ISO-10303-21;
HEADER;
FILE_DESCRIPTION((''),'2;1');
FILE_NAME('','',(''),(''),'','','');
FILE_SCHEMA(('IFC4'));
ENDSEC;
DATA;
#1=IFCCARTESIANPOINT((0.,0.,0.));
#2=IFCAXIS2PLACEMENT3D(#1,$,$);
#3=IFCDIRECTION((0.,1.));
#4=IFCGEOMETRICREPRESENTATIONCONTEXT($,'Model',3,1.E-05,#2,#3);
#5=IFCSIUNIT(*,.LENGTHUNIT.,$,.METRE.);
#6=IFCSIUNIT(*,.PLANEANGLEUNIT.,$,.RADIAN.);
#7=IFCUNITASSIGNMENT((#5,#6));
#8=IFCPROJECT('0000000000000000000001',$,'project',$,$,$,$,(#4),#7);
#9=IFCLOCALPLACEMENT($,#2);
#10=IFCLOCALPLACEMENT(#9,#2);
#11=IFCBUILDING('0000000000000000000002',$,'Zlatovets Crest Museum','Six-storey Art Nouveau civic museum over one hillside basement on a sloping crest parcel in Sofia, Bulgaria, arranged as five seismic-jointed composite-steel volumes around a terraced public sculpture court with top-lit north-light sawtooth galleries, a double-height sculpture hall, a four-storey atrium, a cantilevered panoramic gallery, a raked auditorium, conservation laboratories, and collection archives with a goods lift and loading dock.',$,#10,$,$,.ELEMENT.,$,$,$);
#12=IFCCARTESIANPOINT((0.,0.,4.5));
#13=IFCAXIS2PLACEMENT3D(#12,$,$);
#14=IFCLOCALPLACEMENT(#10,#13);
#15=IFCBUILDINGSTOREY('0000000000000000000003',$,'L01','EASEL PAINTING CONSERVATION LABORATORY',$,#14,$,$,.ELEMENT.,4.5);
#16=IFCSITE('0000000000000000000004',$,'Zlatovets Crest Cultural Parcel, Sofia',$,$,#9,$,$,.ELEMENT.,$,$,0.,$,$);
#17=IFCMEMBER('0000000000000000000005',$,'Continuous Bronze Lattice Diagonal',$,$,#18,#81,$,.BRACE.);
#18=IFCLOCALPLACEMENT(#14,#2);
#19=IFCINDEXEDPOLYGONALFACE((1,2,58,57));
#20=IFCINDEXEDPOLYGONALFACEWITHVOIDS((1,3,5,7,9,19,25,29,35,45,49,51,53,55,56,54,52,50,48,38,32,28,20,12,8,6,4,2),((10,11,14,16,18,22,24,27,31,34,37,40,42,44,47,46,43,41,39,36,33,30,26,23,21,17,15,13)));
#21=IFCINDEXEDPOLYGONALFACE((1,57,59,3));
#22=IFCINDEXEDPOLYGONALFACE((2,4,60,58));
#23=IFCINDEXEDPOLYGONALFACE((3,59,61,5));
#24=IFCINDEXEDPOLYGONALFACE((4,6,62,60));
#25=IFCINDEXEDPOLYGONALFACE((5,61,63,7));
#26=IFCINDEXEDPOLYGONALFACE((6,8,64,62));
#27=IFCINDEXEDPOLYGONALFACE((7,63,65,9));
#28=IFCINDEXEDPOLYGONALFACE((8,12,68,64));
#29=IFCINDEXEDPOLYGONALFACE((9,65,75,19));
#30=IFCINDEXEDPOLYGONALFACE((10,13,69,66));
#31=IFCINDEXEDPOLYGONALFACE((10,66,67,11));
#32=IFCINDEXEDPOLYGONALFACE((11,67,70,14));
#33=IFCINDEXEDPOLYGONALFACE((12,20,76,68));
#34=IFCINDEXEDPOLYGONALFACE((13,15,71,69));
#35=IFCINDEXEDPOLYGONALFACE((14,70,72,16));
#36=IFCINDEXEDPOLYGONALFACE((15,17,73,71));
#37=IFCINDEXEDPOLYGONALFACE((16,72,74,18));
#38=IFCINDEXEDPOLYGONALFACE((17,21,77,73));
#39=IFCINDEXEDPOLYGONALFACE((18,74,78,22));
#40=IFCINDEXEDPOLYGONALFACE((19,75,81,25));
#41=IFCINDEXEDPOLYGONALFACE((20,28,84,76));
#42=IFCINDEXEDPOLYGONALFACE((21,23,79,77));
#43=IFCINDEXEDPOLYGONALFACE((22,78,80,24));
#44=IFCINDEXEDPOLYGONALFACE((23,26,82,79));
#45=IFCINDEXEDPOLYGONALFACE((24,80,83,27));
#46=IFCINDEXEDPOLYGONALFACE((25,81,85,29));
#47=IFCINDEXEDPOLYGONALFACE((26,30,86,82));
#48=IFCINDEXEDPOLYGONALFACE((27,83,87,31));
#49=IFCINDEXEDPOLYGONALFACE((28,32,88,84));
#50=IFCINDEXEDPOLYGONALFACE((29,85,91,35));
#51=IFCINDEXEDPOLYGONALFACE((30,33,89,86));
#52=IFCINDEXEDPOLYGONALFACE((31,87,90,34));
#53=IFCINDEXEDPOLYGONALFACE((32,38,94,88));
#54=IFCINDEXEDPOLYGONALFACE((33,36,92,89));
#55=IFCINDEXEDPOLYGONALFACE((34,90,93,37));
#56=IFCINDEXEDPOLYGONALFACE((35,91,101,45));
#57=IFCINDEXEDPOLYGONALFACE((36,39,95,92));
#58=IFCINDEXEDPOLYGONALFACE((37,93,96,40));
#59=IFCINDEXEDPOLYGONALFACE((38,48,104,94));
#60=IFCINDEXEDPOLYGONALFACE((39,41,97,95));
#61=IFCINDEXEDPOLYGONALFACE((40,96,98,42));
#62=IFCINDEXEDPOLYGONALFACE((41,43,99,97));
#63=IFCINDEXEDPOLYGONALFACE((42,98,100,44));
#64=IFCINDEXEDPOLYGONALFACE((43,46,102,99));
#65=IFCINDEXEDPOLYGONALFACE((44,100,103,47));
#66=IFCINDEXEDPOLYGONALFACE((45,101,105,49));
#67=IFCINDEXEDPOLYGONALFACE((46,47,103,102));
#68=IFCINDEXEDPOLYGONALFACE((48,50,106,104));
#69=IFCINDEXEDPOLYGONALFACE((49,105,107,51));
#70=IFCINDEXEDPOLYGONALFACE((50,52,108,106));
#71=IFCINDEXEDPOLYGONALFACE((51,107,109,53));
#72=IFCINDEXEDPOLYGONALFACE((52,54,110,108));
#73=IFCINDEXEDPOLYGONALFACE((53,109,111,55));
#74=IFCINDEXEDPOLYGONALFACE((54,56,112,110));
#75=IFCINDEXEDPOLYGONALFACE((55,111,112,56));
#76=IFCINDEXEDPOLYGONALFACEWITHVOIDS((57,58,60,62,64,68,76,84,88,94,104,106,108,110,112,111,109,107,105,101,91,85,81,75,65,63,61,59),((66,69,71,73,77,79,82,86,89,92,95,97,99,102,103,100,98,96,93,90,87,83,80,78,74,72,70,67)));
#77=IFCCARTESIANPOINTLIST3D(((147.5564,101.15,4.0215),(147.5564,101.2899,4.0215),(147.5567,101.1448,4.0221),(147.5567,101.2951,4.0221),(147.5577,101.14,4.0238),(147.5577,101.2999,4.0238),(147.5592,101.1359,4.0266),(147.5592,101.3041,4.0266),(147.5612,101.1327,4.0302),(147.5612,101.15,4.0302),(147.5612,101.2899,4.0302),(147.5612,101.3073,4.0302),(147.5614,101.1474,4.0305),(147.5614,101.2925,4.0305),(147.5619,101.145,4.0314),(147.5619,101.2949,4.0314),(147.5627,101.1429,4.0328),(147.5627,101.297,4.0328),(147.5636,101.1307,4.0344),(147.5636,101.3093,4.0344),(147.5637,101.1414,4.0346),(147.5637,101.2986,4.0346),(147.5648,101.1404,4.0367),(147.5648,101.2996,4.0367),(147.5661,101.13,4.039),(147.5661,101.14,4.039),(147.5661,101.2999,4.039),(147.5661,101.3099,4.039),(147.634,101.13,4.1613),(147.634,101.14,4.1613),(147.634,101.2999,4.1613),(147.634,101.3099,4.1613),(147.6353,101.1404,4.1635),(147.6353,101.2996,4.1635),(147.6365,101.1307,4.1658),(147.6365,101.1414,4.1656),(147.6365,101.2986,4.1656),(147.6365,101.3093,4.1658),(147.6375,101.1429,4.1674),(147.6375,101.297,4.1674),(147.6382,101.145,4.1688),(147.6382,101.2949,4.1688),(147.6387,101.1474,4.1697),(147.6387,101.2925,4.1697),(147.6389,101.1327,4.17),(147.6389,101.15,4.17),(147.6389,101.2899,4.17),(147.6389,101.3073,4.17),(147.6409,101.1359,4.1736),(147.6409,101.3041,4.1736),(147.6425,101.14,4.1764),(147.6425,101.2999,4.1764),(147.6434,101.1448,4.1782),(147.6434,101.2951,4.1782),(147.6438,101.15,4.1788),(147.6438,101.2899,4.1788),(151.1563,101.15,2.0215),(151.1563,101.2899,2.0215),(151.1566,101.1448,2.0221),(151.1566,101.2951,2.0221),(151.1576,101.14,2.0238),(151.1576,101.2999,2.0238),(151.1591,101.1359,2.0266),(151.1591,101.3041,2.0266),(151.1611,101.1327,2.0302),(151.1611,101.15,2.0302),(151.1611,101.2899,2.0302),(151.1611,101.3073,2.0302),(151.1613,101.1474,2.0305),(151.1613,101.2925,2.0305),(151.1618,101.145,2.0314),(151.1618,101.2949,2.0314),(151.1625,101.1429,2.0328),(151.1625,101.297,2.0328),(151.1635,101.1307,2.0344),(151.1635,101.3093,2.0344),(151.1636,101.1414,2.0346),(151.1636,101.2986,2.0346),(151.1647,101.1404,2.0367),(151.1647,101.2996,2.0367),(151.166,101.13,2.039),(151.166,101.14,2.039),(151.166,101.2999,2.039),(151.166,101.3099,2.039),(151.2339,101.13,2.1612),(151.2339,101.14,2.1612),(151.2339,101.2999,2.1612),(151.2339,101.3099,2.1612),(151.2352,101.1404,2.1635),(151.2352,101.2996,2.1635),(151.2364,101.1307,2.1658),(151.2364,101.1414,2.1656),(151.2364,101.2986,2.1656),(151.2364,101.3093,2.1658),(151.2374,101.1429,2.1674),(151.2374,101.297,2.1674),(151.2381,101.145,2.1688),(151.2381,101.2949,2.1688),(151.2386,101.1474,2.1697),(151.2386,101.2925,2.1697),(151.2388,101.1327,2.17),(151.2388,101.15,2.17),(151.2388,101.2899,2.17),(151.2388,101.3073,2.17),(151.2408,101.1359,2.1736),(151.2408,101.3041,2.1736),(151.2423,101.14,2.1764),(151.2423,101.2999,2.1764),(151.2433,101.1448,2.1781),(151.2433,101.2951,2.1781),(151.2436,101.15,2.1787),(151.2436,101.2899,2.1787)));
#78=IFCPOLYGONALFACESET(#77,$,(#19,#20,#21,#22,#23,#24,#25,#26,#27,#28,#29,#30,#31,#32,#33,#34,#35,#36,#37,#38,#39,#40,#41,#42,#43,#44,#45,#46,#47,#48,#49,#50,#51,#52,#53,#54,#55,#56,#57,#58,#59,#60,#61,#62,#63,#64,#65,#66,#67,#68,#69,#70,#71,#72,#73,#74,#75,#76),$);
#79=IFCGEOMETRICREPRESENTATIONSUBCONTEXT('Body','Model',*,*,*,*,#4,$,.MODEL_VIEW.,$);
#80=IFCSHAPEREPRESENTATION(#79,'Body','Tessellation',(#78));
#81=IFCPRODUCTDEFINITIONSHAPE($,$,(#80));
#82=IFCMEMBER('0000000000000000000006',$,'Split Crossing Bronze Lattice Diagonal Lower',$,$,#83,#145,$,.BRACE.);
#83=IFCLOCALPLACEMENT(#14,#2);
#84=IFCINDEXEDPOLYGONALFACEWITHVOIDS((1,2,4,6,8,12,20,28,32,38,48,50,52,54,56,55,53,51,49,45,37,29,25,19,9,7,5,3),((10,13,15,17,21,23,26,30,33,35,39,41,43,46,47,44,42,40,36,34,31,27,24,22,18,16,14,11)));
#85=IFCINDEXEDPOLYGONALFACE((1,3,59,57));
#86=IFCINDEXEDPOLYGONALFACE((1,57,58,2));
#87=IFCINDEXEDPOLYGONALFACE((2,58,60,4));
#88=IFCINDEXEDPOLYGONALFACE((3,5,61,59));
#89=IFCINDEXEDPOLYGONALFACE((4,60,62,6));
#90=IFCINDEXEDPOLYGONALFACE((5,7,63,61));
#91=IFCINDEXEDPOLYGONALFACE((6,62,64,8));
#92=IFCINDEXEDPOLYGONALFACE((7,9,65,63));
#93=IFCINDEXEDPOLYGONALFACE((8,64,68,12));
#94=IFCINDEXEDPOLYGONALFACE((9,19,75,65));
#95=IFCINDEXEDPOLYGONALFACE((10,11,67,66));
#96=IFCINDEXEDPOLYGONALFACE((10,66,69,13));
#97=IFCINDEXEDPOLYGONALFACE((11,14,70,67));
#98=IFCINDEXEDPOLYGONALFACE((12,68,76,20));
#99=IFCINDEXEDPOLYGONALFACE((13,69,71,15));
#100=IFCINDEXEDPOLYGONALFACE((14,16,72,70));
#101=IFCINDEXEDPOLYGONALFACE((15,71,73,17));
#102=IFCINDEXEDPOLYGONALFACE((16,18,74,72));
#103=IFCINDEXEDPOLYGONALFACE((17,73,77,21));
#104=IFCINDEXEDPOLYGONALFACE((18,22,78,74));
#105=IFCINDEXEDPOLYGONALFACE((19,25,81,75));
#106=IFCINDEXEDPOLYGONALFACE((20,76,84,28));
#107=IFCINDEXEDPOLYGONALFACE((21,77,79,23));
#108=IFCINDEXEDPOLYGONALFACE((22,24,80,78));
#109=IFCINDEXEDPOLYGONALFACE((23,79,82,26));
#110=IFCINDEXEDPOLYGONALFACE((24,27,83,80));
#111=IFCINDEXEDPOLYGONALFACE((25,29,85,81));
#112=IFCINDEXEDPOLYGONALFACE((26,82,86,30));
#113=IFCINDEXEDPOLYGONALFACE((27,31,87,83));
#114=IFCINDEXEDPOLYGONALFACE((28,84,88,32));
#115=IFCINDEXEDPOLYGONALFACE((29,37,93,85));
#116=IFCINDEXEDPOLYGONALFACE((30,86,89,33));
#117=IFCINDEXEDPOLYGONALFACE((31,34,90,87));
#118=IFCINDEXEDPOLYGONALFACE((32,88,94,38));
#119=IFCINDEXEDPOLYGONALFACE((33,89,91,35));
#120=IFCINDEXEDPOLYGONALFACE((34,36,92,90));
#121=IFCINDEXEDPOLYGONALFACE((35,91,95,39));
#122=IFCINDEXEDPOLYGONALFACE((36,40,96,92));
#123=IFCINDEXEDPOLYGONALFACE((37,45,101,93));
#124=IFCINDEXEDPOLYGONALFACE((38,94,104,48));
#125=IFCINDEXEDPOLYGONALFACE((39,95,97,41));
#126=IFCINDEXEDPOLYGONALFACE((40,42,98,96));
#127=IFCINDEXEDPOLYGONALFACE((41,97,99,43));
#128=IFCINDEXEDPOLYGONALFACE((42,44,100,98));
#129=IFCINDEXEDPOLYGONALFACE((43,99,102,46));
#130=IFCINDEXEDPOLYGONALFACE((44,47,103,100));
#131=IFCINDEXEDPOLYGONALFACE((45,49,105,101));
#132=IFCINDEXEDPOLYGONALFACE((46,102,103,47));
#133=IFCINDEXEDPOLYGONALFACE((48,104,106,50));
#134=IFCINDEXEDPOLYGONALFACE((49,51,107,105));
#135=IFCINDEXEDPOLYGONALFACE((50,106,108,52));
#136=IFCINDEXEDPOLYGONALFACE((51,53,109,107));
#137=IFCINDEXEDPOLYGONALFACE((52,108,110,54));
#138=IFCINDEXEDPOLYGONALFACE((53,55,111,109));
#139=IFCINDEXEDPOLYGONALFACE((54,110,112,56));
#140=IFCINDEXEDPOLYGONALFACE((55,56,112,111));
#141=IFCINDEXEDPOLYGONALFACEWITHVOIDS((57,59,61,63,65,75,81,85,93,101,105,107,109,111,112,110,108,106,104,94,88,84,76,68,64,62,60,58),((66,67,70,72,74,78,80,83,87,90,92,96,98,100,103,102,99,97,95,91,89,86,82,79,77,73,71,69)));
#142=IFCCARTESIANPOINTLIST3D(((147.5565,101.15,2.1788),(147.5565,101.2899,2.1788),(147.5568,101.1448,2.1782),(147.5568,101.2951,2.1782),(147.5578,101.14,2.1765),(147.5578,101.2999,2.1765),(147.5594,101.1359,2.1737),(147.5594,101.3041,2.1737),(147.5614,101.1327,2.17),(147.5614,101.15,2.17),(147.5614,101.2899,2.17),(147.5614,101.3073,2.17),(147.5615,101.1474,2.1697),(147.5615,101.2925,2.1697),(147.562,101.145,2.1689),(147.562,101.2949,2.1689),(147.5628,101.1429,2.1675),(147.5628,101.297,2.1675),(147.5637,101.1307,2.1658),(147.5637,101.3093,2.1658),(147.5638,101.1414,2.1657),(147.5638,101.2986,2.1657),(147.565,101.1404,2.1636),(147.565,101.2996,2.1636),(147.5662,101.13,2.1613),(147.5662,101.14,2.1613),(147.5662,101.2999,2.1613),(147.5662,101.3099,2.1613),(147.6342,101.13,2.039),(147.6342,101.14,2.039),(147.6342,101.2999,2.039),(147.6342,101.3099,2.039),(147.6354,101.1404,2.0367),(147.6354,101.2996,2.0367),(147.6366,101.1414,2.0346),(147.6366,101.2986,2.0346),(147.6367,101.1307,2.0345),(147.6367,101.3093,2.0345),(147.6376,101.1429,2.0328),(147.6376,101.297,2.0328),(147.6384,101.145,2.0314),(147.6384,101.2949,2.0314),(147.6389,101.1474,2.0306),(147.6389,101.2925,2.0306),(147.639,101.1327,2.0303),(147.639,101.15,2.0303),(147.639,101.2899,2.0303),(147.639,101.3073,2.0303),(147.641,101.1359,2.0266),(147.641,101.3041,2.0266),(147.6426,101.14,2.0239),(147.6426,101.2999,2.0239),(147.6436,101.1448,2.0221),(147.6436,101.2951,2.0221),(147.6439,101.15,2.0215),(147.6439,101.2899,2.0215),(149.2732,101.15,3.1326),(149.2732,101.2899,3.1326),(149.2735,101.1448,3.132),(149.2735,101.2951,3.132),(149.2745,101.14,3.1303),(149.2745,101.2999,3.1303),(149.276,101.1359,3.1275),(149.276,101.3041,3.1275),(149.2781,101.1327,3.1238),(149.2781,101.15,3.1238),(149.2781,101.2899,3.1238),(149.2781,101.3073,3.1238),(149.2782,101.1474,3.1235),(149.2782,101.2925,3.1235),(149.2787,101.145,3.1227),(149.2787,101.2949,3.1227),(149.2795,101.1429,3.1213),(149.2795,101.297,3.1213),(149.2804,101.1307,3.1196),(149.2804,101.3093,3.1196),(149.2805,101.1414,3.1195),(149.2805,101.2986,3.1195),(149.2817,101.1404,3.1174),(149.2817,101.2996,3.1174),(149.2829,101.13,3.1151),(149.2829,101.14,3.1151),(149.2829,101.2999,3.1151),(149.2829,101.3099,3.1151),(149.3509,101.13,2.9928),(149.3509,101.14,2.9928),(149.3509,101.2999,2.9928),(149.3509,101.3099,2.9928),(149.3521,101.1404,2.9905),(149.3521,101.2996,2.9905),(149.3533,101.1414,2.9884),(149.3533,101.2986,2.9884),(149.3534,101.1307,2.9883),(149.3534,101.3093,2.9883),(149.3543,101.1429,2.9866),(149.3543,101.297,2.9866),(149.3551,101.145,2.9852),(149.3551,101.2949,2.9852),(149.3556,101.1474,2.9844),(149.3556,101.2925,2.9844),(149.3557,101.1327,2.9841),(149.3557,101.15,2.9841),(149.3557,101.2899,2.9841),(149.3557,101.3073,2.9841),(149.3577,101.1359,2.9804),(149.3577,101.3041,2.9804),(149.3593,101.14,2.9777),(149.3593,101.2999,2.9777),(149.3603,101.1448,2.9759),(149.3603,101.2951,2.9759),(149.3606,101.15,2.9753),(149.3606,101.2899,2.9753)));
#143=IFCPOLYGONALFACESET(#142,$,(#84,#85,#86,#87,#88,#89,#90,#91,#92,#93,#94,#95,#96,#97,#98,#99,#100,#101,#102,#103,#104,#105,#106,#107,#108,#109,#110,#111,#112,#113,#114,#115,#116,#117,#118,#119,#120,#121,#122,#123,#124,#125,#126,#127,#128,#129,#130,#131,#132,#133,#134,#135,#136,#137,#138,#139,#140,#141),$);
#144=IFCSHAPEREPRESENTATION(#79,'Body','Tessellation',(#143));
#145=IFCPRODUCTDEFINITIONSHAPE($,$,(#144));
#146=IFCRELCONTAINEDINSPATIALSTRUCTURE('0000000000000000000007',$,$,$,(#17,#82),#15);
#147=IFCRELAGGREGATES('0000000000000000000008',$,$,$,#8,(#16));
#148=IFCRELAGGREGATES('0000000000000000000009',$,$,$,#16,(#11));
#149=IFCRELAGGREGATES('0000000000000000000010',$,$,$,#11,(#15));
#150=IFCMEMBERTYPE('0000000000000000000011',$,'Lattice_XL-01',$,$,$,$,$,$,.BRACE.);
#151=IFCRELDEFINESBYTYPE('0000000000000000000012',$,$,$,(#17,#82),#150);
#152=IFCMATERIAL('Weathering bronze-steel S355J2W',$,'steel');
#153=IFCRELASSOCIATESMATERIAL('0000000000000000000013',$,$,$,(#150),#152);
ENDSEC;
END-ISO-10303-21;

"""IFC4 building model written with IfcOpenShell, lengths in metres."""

from ifc_helpers import new_model, si_unit, direction, frame, origin, origin_2d, place, context, subcontext, project, spatial, hollow_rectangle, extrude, material, material_profile, profile_set, type_object, element, save


model = new_model("IFC4")

# Units and contexts
model_context = context("Model", 3, precision=1e-05, world=origin(), true_north=direction((0.0, 1.0)))
body_context = subcontext(model_context, "Body", "Model", "MODEL_VIEW")
ifc_project = project(units=[si_unit("LENGTHUNIT", "METRE"), si_unit("PLANEANGLEUNIT", "RADIAN")], contexts=[model_context])

# Site, building, storey
site_placement = place(None, origin())
site = spatial("IfcSite", under=ifc_project, at=site_placement, Name="Zlatovets Crest Cultural Parcel, Sofia", CompositionType="ELEMENT", RefElevation=0.0)
building_placement = place(site_placement, origin())
building = spatial("IfcBuilding", under=site, at=building_placement, Name="Zlatovets Crest Museum", Description="Six-storey Art Nouveau civic museum over one hillside basement on a sloping crest parcel in Sofia, Bulgaria, arranged as five seismic-jointed composite-steel volumes around a terraced public sculpture court with top-lit north-light sawtooth galleries, a double-height sculpture hall, a four-storey atrium, a cantilevered panoramic gallery, a raked auditorium, conservation laboratories, and collection archives with a goods lift and loading dock.", CompositionType="ELEMENT")
storey_placement = place(building_placement, frame((0.0, 0.0, 4.5)))
storey = spatial("IfcBuildingStorey", under=building, at=storey_placement, Name="L01", Description="EASEL PAINTING CONSERVATION LABORATORY", CompositionType="ELEMENT", Elevation=4.5)

# Members
ifc_material_1 = material(Name="Weathering bronze-steel S355J2W", Category="steel")
ifc_material_profile_1 = material_profile(ifc_material_1, hollow_rectangle(XDim=0.1799, YDim=0.1799, WallThickness=0.01, InnerFilletRadius=0.01, OuterFilletRadius=0.02, at=origin_2d()), Name="SHS 180x180x10.0")
ifc_profile_set_1 = profile_set([ifc_material_profile_1], Name="Weathering bronze-steel S355J2W")
member_type_1 = type_object("IfcMemberType", Name="Lattice_XL-01", PredefinedType="BRACE", material=ifc_profile_set_1)
member_1_placement = place(storey_placement, frame((151.2, 101.22, 2.1001), z_axis=(-0.874149, 0.0, 0.485658), x_axis=(0.0, -1.0, 0.0)))
element("IfcMember", 1, at=member_1_placement, inside=storey, type_object=member_type_1, Name="Continuous Bronze Lattice Diagonal", PredefinedType="BRACE", context=body_context, shape_type="SweptSolid", body=[
    extrude(hollow_rectangle(XDim=0.1799, YDim=0.1799, WallThickness=0.01, InnerFilletRadius=0.01, OuterFilletRadius=0.02, at=origin_2d()), origin(), (0.0, 0.0, 1.0), 4.1182),
])
member_2_placement = place(storey_placement, frame((149.3169, 101.22, 3.054), z_axis=(-0.87414, 0.0, -0.485675), x_axis=(0.0, -1.0, 0.0)))
element("IfcMember", 2, at=member_2_placement, inside=storey, type_object=member_type_1, Name="Split Crossing Bronze Lattice Diagonal Lower", PredefinedType="BRACE", context=body_context, shape_type="SweptSolid", body=[
    extrude(hollow_rectangle(XDim=0.1799, YDim=0.1799, WallThickness=0.01, InnerFilletRadius=0.01, OuterFilletRadius=0.02, at=origin_2d()), origin(), (0.0, 0.0, 1.0), 1.9639),
])

save(model, "model.ifc")
